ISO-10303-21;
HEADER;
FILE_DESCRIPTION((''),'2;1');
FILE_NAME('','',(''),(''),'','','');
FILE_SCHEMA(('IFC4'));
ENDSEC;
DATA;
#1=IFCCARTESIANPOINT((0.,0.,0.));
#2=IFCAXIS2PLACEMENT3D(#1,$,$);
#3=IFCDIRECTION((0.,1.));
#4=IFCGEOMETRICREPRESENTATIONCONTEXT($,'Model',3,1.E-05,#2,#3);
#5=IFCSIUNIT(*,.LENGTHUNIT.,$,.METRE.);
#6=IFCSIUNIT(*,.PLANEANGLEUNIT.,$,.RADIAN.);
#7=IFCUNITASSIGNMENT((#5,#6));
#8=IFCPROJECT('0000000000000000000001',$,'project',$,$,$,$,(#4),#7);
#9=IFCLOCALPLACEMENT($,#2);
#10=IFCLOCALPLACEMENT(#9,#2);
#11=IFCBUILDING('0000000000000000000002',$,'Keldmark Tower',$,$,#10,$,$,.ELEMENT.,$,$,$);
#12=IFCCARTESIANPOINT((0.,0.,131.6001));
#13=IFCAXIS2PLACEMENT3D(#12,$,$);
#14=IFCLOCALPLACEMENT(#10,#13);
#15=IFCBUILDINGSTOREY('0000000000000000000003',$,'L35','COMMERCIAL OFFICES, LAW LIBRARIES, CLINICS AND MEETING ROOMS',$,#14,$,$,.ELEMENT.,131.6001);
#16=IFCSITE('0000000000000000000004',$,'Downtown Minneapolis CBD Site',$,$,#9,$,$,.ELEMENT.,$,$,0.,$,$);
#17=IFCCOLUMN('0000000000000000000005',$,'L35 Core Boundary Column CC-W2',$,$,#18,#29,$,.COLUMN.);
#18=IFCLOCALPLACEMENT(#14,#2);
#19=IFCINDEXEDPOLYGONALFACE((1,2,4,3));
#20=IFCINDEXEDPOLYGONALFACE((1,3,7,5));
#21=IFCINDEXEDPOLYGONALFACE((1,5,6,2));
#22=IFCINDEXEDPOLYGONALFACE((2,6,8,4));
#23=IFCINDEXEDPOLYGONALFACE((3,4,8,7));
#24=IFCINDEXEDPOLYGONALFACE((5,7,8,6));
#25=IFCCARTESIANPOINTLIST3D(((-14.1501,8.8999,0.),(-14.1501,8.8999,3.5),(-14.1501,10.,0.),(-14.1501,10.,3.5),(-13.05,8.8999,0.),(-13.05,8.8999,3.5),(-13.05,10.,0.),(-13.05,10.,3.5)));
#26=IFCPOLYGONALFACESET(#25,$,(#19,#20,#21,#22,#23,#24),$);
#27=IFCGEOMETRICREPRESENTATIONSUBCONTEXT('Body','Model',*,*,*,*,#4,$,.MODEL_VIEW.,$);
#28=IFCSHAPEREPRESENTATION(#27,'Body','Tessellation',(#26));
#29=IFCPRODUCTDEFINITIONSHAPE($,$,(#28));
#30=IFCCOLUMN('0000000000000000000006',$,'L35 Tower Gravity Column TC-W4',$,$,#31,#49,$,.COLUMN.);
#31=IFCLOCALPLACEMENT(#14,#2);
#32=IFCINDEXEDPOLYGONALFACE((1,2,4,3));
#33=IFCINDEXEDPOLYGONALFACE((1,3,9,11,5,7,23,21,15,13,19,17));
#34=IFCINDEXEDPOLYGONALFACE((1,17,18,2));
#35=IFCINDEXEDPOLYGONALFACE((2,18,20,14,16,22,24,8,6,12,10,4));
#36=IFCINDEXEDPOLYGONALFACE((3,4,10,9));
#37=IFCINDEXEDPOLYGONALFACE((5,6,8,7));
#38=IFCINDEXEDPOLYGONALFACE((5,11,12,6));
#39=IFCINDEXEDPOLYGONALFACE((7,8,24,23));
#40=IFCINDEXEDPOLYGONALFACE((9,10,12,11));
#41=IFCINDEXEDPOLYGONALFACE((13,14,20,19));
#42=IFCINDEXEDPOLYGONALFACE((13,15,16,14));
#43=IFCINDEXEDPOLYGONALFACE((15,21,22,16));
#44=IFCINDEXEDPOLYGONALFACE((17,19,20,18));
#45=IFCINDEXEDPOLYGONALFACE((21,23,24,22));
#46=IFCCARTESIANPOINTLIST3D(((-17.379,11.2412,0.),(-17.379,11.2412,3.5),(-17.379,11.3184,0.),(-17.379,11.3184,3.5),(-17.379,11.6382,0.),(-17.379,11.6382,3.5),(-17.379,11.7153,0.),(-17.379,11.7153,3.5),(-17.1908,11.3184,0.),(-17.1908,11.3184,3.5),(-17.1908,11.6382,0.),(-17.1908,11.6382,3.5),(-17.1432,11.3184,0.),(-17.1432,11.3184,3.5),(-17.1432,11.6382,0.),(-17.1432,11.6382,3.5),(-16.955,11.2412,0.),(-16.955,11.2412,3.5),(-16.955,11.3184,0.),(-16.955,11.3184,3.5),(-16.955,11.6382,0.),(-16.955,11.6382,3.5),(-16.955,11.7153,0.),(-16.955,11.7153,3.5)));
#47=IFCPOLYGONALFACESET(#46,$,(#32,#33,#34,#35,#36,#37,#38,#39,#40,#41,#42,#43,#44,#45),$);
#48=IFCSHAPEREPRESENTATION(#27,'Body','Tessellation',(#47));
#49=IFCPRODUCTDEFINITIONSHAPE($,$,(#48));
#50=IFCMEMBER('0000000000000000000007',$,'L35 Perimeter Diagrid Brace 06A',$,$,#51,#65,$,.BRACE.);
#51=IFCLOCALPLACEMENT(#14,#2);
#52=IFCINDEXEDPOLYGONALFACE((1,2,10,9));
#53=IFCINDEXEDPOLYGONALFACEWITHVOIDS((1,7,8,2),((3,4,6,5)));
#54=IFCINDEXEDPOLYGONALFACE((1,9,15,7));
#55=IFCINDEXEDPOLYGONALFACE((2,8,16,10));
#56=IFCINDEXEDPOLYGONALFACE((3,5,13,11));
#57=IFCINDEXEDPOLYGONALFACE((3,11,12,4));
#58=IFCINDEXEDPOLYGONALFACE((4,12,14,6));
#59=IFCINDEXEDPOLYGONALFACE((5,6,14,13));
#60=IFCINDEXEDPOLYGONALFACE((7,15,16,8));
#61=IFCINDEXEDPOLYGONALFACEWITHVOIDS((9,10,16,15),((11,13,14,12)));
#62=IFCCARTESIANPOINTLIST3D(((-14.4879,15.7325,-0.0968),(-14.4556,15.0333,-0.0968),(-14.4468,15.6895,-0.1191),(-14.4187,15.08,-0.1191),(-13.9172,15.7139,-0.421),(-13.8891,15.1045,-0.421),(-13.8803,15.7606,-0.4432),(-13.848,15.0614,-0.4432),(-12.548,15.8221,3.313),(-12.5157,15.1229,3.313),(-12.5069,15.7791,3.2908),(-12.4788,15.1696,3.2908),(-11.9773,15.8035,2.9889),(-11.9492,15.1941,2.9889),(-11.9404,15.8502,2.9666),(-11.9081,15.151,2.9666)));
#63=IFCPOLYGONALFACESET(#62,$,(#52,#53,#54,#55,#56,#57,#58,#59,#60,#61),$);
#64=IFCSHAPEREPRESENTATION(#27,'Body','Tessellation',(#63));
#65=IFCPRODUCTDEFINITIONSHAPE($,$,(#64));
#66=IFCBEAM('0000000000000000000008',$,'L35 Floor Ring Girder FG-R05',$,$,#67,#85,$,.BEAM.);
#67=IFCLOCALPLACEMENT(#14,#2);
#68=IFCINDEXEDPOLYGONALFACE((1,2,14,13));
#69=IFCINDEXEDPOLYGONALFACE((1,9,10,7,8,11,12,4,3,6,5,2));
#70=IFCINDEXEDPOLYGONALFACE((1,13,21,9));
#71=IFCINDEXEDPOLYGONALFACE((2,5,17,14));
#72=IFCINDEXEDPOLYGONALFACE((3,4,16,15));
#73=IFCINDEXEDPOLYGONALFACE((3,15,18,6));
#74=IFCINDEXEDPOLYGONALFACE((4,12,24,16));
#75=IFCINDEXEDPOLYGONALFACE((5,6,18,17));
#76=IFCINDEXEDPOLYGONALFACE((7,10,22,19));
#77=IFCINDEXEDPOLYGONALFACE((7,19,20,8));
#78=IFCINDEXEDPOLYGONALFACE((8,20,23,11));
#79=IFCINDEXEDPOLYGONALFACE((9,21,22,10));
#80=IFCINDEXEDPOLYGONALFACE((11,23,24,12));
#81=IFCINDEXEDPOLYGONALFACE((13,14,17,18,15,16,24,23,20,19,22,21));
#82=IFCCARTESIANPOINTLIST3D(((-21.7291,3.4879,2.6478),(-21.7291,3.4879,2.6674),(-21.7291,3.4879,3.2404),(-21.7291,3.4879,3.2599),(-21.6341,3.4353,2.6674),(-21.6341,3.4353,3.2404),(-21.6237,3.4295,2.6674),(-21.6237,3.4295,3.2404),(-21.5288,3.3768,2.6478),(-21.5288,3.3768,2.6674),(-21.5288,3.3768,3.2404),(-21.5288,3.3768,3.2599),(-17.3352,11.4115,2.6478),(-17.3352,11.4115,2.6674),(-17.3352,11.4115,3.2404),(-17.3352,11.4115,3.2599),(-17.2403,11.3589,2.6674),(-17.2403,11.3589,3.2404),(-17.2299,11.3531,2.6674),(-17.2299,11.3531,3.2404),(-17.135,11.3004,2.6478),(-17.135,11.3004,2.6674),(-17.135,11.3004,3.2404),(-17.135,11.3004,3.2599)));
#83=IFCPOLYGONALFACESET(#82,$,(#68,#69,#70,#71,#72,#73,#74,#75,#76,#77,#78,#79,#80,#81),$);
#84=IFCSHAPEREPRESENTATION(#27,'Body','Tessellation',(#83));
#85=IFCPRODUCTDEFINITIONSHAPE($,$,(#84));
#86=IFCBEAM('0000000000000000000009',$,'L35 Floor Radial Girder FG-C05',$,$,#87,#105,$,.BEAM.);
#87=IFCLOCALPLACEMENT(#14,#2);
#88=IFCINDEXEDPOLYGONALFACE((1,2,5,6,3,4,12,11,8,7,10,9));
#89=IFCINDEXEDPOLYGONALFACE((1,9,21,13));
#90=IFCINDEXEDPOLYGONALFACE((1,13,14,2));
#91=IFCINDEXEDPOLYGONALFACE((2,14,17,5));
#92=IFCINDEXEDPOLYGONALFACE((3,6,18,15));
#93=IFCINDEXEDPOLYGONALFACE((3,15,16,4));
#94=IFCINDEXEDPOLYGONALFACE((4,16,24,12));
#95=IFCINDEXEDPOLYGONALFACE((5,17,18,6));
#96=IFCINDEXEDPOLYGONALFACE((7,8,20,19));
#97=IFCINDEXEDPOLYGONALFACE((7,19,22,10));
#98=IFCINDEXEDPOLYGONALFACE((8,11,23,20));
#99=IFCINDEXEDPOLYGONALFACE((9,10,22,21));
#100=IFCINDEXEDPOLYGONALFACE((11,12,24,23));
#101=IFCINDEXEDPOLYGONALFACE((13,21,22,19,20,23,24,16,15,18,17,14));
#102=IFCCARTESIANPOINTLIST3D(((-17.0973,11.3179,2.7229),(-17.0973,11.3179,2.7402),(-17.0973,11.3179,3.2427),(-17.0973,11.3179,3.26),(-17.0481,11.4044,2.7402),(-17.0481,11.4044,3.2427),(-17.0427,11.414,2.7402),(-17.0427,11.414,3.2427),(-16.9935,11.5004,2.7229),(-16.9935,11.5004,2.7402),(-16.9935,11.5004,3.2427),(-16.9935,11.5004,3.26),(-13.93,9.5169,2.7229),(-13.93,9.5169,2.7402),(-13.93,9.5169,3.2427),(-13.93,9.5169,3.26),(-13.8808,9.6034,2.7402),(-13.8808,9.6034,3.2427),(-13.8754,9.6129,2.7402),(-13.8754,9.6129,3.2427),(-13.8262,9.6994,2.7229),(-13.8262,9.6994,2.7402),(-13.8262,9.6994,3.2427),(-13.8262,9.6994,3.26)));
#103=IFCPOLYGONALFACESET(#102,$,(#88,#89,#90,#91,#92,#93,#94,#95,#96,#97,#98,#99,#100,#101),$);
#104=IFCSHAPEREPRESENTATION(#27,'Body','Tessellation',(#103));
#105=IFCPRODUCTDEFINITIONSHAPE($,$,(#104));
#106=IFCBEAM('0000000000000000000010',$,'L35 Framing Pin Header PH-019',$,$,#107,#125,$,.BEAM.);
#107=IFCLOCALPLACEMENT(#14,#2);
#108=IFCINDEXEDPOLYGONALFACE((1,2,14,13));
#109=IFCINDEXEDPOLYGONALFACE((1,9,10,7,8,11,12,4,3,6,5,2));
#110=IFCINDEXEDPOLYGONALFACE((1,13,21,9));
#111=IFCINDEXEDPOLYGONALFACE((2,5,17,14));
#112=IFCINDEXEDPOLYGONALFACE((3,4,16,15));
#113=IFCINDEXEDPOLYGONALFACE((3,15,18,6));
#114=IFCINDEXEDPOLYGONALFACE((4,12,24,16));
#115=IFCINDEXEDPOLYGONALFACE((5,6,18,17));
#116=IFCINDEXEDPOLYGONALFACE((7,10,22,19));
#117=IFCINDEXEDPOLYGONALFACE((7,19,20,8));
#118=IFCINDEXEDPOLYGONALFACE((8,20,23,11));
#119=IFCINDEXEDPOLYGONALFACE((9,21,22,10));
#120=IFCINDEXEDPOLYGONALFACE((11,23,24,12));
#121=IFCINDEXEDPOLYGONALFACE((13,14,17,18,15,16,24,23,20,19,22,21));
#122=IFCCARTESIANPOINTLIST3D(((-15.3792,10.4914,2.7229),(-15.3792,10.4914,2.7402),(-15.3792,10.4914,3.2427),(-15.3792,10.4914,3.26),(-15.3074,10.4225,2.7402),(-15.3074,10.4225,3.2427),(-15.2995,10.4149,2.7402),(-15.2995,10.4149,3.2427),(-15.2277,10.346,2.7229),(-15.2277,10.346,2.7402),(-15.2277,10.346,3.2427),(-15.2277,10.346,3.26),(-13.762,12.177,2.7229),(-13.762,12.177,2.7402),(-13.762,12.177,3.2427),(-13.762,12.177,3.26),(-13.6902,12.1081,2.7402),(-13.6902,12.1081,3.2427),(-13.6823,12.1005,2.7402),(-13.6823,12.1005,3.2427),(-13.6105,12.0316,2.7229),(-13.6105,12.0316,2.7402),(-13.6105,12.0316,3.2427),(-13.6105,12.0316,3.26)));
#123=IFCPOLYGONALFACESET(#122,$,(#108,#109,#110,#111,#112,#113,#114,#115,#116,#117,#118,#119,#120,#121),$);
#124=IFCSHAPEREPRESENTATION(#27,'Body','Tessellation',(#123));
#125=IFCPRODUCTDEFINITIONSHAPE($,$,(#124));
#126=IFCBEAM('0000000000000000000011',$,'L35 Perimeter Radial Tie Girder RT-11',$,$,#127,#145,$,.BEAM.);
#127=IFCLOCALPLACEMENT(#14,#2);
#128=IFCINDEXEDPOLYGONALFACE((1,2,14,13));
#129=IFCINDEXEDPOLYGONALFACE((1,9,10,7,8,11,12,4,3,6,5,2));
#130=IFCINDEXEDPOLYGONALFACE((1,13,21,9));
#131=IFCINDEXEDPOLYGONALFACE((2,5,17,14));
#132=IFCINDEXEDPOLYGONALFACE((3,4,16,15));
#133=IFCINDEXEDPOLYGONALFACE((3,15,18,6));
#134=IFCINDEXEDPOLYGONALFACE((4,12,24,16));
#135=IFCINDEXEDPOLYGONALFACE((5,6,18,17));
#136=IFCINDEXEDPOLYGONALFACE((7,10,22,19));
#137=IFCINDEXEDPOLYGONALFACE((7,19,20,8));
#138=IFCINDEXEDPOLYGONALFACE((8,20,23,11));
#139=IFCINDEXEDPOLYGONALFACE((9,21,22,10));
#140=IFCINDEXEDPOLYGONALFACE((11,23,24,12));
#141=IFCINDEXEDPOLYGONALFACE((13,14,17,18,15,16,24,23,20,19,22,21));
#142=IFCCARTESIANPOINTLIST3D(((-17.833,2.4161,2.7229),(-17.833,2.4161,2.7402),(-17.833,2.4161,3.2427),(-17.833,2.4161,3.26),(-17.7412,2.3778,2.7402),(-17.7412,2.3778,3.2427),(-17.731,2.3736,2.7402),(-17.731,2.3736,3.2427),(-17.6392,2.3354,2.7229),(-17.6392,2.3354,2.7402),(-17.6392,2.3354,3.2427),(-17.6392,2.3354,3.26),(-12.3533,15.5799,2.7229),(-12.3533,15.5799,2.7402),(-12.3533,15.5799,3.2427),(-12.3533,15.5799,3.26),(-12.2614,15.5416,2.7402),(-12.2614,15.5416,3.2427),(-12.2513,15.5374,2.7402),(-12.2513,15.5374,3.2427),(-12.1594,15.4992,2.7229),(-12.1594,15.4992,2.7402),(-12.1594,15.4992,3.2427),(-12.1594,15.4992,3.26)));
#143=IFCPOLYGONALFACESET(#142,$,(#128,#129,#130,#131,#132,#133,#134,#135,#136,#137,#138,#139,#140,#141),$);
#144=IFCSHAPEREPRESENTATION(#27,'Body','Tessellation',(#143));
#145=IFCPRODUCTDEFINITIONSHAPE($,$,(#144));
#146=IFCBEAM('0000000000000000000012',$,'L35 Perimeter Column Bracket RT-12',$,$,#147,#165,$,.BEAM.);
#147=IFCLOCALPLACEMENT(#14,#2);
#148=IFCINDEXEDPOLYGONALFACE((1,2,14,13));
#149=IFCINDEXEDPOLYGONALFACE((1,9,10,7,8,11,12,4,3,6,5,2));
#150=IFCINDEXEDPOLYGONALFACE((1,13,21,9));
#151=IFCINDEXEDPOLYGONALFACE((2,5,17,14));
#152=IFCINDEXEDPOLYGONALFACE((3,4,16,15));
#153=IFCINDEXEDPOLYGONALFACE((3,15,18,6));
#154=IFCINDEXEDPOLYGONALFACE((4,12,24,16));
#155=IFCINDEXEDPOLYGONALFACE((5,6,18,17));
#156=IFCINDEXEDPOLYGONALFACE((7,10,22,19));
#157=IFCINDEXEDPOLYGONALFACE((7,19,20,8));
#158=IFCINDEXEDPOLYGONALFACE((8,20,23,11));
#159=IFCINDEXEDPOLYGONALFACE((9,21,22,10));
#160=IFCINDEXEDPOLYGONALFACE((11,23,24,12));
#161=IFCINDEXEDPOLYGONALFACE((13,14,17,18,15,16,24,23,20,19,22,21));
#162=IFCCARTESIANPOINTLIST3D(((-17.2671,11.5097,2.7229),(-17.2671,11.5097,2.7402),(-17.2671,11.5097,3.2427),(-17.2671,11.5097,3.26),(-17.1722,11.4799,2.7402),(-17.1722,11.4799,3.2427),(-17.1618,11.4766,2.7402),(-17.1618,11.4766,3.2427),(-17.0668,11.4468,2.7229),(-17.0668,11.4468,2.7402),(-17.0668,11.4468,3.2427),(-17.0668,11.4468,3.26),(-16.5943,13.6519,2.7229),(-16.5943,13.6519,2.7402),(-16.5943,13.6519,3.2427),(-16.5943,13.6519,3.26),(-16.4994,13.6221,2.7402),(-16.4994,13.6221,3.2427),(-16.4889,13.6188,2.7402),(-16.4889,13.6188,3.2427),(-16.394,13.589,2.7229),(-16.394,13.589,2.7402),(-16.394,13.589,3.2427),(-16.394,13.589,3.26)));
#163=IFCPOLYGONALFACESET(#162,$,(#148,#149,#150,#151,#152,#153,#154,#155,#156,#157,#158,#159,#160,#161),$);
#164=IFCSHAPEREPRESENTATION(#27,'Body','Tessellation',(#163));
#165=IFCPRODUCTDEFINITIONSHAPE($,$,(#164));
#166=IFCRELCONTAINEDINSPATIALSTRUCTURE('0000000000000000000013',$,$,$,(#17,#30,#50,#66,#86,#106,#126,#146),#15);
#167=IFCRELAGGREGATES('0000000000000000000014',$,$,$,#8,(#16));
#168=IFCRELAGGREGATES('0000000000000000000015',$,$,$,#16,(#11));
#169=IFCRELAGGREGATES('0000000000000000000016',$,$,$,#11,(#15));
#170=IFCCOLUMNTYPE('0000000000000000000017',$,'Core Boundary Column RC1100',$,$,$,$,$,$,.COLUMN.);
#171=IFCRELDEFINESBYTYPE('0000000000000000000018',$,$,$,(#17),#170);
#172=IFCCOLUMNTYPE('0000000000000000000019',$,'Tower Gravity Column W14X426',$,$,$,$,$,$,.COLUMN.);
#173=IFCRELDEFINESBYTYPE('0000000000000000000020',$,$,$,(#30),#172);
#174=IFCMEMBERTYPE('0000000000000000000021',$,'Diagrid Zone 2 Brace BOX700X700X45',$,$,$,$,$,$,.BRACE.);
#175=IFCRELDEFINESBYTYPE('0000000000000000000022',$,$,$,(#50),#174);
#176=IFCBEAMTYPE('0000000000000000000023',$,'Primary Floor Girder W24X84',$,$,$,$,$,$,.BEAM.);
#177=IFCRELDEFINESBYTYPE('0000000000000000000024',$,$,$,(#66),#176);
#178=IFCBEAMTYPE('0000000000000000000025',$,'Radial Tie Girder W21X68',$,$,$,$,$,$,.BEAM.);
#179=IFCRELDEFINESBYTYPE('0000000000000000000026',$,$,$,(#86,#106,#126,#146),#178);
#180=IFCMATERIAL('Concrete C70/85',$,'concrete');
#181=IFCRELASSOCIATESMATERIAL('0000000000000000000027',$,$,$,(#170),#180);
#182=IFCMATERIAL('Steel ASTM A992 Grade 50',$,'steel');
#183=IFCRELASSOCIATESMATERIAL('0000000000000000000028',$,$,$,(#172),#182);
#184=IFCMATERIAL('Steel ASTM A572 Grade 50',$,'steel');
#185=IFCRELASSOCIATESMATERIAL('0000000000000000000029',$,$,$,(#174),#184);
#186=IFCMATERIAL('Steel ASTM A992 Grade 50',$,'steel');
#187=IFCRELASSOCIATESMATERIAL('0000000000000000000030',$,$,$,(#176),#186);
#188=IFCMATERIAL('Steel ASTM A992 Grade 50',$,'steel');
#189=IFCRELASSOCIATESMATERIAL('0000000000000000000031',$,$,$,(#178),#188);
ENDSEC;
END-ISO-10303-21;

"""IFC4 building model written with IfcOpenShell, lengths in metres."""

from ifc_helpers import new_model, si_unit, direction, frame, origin, origin_2d, place, context, subcontext, project, spatial, rectangle, hollow_rectangle, i_section, extrude, material, material_profile, profile_set, type_object, element, save


model = new_model("IFC4")

# Units and contexts
model_context = context("Model", 3, precision=1e-05, world=origin(), true_north=direction((0.0, 1.0)))
body_context = subcontext(model_context, "Body", "Model", "MODEL_VIEW")
ifc_project = project(units=[si_unit("LENGTHUNIT", "METRE"), si_unit("PLANEANGLEUNIT", "RADIAN")], contexts=[model_context])

# Site, building, storey
site_placement = place(None, origin())
site = spatial("IfcSite", under=ifc_project, at=site_placement, Name="Downtown Minneapolis CBD Site", CompositionType="ELEMENT", RefElevation=0.0)
building_placement = place(site_placement, origin())
building = spatial("IfcBuilding", under=site, at=building_placement, Name="Keldmark Tower", CompositionType="ELEMENT")
storey_placement = place(building_placement, frame((0.0, 0.0, 131.6001)))
storey = spatial("IfcBuildingStorey", under=building, at=storey_placement, Name="L35", Description="COMMERCIAL OFFICES, LAW LIBRARIES, CLINICS AND MEETING ROOMS", CompositionType="ELEMENT", Elevation=131.6001)

# Columns
ifc_material_1 = material(Name="Concrete C70/85", Category="concrete")
ifc_material_profile_1 = material_profile(ifc_material_1, rectangle(XDim=1.1001, YDim=1.1001, at=origin_2d()), Name="RC1100X1100")
ifc_profile_set_1 = profile_set([ifc_material_profile_1], Name="Concrete C70/85")
column_type_1 = type_object("IfcColumnType", Name="Core Boundary Column RC1100", PredefinedType="COLUMN", material=ifc_profile_set_1)
column_1_placement = place(storey_placement, frame((-13.6001, 9.45, 0.0), z_axis=(0.0, 0.0, 1.0), x_axis=(1.0, 0.0, 0.0)))
element("IfcColumn", 1, at=column_1_placement, inside=storey, type_object=column_type_1, Name="L35 Core Boundary Column CC-W2", PredefinedType="COLUMN", context=body_context, shape_type="SweptSolid", body=[
    extrude(rectangle(XDim=1.1001, YDim=1.1001, at=origin_2d()), origin(), (0.0, 0.0, 1.0), 3.5),
])
ifc_material_2 = material(Name="Steel ASTM A992 Grade 50", Category="steel")
ifc_material_profile_2 = material_profile(ifc_material_2, i_section(OverallWidth=0.4241, OverallDepth=0.4741, WebThickness=0.0476, FlangeThickness=0.0771, at=origin_2d()), Name="W14X426")
ifc_profile_set_2 = profile_set([ifc_material_profile_2], Name="Steel ASTM A992 Grade 50")
column_type_2 = type_object("IfcColumnType", Name="Tower Gravity Column W14X426", PredefinedType="COLUMN", material=ifc_profile_set_2)
column_2_placement = place(storey_placement, frame((-17.167, 11.4783, 0.0), z_axis=(0.0, 0.0, 1.0), x_axis=(1.0, 0.0, 0.0)))
element("IfcColumn", 2, at=column_2_placement, inside=storey, type_object=column_type_2, Name="L35 Tower Gravity Column TC-W4", PredefinedType="COLUMN", context=body_context, shape_type="SweptSolid", body=[
    extrude(i_section(OverallWidth=0.4241, OverallDepth=0.4741, WebThickness=0.0476, FlangeThickness=0.0771, at=origin_2d()), origin(), (0.0, 0.0, 1.0), 3.5),
])

# Member
ifc_material_3 = material(Name="Steel ASTM A572 Grade 50", Category="steel")
ifc_material_profile_3 = material_profile(ifc_material_3, hollow_rectangle(XDim=0.7, YDim=0.7, WallThickness=0.0449, at=origin_2d()), Name="BOX700X700X45")
ifc_profile_set_3 = profile_set([ifc_material_profile_3], Name="Steel ASTM A572 Grade 50")
member_type = type_object("IfcMemberType", Name="Diagrid Zone 2 Brace BOX700X700X45", PredefinedType="BRACE", material=ifc_profile_set_3)
member_placement = place(storey_placement, frame((-14.168, 15.397, -0.27), z_axis=(0.49436, 0.022833, 0.868957), x_axis=(-0.046138, 0.998935, 0.0)))
element("IfcMember", 3, at=member_placement, inside=storey, type_object=member_type, Name="L35 Perimeter Diagrid Brace 06A", PredefinedType="BRACE", context=body_context, shape_type="SweptSolid", body=[
    extrude(hollow_rectangle(XDim=0.7, YDim=0.7, WallThickness=0.0449, at=origin_2d()), origin(), (0.0, 0.0, 1.0), 3.9241),
])

# Beams
ifc_material_4 = material(Name="Steel ASTM A992 Grade 50", Category="steel")
ifc_material_profile_4 = material_profile(ifc_material_4, i_section(OverallWidth=0.229, OverallDepth=0.6121, WebThickness=0.012, FlangeThickness=0.0195, at=origin_2d()), Name="W24X84")
ifc_profile_set_4 = profile_set([ifc_material_profile_4], Name="Steel ASTM A992 Grade 50")
beam_type_1 = type_object("IfcBeamType", Name="Primary Floor Girder W24X84", PredefinedType="BEAM", material=ifc_profile_set_4)
beam_1_placement = place(storey_placement, frame((-17.2351, 11.356, 2.9539), z_axis=(-0.484952, -0.874541, 0.0), x_axis=(0.874541, -0.484952, 0.0)))
element("IfcBeam", 4, at=beam_1_placement, inside=storey, type_object=beam_type_1, Name="L35 Floor Ring Girder FG-R05", PredefinedType="BEAM", context=body_context, shape_type="SweptSolid", body=[
    extrude(i_section(OverallWidth=0.229, OverallDepth=0.6121, WebThickness=0.012, FlangeThickness=0.0195, at=origin_2d()), origin(), (0.0, 0.0, 1.0), 9.0603),
])
ifc_material_5 = material(Name="Steel ASTM A992 Grade 50", Category="steel")
ifc_material_profile_5 = material_profile(ifc_material_5, i_section(OverallWidth=0.21, OverallDepth=0.5371, WebThickness=0.011, FlangeThickness=0.0173, at=origin_2d()), Name="W21X68")
ifc_profile_set_5 = profile_set([ifc_material_profile_5], Name="Steel ASTM A992 Grade 50")
beam_type_2 = type_object("IfcBeamType", Name="Radial Tie Girder W21X68", PredefinedType="BEAM", material=ifc_profile_set_5)
beam_2_placement = place(storey_placement, frame((-17.0454, 11.4092, 2.9915), z_axis=(0.869284, -0.494312, 0.0), x_axis=(0.494312, 0.869284, 0.0)))
element("IfcBeam", 5, at=beam_2_placement, inside=storey, type_object=beam_type_2, Name="L35 Floor Radial Girder FG-C05", PredefinedType="BEAM", context=body_context, shape_type="SweptSolid", body=[
    extrude(i_section(OverallWidth=0.21, OverallDepth=0.5371, WebThickness=0.011, FlangeThickness=0.0173, at=origin_2d()), origin(), (0.0, 0.0, 1.0), 3.6436),
])
beam_3_placement = place(storey_placement, frame((-15.3035, 10.4187, 2.9915), z_axis=(0.692323, 0.721588, 0.0), x_axis=(-0.721588, 0.692323, 0.0)))
element("IfcBeam", 6, at=beam_3_placement, inside=storey, type_object=beam_type_2, Name="L35 Framing Pin Header PH-019", PredefinedType="BEAM", context=body_context, shape_type="SweptSolid", body=[
    extrude(i_section(OverallWidth=0.21, OverallDepth=0.5371, WebThickness=0.011, FlangeThickness=0.0173, at=origin_2d()), origin(), (0.0, 0.0, 1.0), 2.3359),
])
beam_4_placement = place(storey_placement, frame((-17.7361, 2.3757, 2.9915), z_axis=(0.384305, 0.923206, 0.0), x_axis=(-0.923206, 0.384305, 0.0)))
element("IfcBeam", 7, at=beam_4_placement, inside=storey, type_object=beam_type_2, Name="L35 Perimeter Radial Tie Girder RT-11", PredefinedType="BEAM", context=body_context, shape_type="SweptSolid", body=[
    extrude(i_section(OverallWidth=0.21, OverallDepth=0.5371, WebThickness=0.011, FlangeThickness=0.0173, at=origin_2d()), origin(), (0.0, 0.0, 1.0), 14.2588),
])
beam_5_placement = place(storey_placement, frame((-17.167, 11.4783, 2.9915), z_axis=(0.299674, 0.954042, 0.0), x_axis=(-0.954042, 0.299674, 0.0)))
element("IfcBeam", 8, at=beam_5_placement, inside=storey, type_object=beam_type_2, Name="L35 Perimeter Column Bracket RT-12", PredefinedType="BEAM", context=body_context, shape_type="SweptSolid", body=[
    extrude(i_section(OverallWidth=0.21, OverallDepth=0.5371, WebThickness=0.011, FlangeThickness=0.0173, at=origin_2d()), origin(), (0.0, 0.0, 1.0), 2.2454),
])

save(model, "model.ifc")
